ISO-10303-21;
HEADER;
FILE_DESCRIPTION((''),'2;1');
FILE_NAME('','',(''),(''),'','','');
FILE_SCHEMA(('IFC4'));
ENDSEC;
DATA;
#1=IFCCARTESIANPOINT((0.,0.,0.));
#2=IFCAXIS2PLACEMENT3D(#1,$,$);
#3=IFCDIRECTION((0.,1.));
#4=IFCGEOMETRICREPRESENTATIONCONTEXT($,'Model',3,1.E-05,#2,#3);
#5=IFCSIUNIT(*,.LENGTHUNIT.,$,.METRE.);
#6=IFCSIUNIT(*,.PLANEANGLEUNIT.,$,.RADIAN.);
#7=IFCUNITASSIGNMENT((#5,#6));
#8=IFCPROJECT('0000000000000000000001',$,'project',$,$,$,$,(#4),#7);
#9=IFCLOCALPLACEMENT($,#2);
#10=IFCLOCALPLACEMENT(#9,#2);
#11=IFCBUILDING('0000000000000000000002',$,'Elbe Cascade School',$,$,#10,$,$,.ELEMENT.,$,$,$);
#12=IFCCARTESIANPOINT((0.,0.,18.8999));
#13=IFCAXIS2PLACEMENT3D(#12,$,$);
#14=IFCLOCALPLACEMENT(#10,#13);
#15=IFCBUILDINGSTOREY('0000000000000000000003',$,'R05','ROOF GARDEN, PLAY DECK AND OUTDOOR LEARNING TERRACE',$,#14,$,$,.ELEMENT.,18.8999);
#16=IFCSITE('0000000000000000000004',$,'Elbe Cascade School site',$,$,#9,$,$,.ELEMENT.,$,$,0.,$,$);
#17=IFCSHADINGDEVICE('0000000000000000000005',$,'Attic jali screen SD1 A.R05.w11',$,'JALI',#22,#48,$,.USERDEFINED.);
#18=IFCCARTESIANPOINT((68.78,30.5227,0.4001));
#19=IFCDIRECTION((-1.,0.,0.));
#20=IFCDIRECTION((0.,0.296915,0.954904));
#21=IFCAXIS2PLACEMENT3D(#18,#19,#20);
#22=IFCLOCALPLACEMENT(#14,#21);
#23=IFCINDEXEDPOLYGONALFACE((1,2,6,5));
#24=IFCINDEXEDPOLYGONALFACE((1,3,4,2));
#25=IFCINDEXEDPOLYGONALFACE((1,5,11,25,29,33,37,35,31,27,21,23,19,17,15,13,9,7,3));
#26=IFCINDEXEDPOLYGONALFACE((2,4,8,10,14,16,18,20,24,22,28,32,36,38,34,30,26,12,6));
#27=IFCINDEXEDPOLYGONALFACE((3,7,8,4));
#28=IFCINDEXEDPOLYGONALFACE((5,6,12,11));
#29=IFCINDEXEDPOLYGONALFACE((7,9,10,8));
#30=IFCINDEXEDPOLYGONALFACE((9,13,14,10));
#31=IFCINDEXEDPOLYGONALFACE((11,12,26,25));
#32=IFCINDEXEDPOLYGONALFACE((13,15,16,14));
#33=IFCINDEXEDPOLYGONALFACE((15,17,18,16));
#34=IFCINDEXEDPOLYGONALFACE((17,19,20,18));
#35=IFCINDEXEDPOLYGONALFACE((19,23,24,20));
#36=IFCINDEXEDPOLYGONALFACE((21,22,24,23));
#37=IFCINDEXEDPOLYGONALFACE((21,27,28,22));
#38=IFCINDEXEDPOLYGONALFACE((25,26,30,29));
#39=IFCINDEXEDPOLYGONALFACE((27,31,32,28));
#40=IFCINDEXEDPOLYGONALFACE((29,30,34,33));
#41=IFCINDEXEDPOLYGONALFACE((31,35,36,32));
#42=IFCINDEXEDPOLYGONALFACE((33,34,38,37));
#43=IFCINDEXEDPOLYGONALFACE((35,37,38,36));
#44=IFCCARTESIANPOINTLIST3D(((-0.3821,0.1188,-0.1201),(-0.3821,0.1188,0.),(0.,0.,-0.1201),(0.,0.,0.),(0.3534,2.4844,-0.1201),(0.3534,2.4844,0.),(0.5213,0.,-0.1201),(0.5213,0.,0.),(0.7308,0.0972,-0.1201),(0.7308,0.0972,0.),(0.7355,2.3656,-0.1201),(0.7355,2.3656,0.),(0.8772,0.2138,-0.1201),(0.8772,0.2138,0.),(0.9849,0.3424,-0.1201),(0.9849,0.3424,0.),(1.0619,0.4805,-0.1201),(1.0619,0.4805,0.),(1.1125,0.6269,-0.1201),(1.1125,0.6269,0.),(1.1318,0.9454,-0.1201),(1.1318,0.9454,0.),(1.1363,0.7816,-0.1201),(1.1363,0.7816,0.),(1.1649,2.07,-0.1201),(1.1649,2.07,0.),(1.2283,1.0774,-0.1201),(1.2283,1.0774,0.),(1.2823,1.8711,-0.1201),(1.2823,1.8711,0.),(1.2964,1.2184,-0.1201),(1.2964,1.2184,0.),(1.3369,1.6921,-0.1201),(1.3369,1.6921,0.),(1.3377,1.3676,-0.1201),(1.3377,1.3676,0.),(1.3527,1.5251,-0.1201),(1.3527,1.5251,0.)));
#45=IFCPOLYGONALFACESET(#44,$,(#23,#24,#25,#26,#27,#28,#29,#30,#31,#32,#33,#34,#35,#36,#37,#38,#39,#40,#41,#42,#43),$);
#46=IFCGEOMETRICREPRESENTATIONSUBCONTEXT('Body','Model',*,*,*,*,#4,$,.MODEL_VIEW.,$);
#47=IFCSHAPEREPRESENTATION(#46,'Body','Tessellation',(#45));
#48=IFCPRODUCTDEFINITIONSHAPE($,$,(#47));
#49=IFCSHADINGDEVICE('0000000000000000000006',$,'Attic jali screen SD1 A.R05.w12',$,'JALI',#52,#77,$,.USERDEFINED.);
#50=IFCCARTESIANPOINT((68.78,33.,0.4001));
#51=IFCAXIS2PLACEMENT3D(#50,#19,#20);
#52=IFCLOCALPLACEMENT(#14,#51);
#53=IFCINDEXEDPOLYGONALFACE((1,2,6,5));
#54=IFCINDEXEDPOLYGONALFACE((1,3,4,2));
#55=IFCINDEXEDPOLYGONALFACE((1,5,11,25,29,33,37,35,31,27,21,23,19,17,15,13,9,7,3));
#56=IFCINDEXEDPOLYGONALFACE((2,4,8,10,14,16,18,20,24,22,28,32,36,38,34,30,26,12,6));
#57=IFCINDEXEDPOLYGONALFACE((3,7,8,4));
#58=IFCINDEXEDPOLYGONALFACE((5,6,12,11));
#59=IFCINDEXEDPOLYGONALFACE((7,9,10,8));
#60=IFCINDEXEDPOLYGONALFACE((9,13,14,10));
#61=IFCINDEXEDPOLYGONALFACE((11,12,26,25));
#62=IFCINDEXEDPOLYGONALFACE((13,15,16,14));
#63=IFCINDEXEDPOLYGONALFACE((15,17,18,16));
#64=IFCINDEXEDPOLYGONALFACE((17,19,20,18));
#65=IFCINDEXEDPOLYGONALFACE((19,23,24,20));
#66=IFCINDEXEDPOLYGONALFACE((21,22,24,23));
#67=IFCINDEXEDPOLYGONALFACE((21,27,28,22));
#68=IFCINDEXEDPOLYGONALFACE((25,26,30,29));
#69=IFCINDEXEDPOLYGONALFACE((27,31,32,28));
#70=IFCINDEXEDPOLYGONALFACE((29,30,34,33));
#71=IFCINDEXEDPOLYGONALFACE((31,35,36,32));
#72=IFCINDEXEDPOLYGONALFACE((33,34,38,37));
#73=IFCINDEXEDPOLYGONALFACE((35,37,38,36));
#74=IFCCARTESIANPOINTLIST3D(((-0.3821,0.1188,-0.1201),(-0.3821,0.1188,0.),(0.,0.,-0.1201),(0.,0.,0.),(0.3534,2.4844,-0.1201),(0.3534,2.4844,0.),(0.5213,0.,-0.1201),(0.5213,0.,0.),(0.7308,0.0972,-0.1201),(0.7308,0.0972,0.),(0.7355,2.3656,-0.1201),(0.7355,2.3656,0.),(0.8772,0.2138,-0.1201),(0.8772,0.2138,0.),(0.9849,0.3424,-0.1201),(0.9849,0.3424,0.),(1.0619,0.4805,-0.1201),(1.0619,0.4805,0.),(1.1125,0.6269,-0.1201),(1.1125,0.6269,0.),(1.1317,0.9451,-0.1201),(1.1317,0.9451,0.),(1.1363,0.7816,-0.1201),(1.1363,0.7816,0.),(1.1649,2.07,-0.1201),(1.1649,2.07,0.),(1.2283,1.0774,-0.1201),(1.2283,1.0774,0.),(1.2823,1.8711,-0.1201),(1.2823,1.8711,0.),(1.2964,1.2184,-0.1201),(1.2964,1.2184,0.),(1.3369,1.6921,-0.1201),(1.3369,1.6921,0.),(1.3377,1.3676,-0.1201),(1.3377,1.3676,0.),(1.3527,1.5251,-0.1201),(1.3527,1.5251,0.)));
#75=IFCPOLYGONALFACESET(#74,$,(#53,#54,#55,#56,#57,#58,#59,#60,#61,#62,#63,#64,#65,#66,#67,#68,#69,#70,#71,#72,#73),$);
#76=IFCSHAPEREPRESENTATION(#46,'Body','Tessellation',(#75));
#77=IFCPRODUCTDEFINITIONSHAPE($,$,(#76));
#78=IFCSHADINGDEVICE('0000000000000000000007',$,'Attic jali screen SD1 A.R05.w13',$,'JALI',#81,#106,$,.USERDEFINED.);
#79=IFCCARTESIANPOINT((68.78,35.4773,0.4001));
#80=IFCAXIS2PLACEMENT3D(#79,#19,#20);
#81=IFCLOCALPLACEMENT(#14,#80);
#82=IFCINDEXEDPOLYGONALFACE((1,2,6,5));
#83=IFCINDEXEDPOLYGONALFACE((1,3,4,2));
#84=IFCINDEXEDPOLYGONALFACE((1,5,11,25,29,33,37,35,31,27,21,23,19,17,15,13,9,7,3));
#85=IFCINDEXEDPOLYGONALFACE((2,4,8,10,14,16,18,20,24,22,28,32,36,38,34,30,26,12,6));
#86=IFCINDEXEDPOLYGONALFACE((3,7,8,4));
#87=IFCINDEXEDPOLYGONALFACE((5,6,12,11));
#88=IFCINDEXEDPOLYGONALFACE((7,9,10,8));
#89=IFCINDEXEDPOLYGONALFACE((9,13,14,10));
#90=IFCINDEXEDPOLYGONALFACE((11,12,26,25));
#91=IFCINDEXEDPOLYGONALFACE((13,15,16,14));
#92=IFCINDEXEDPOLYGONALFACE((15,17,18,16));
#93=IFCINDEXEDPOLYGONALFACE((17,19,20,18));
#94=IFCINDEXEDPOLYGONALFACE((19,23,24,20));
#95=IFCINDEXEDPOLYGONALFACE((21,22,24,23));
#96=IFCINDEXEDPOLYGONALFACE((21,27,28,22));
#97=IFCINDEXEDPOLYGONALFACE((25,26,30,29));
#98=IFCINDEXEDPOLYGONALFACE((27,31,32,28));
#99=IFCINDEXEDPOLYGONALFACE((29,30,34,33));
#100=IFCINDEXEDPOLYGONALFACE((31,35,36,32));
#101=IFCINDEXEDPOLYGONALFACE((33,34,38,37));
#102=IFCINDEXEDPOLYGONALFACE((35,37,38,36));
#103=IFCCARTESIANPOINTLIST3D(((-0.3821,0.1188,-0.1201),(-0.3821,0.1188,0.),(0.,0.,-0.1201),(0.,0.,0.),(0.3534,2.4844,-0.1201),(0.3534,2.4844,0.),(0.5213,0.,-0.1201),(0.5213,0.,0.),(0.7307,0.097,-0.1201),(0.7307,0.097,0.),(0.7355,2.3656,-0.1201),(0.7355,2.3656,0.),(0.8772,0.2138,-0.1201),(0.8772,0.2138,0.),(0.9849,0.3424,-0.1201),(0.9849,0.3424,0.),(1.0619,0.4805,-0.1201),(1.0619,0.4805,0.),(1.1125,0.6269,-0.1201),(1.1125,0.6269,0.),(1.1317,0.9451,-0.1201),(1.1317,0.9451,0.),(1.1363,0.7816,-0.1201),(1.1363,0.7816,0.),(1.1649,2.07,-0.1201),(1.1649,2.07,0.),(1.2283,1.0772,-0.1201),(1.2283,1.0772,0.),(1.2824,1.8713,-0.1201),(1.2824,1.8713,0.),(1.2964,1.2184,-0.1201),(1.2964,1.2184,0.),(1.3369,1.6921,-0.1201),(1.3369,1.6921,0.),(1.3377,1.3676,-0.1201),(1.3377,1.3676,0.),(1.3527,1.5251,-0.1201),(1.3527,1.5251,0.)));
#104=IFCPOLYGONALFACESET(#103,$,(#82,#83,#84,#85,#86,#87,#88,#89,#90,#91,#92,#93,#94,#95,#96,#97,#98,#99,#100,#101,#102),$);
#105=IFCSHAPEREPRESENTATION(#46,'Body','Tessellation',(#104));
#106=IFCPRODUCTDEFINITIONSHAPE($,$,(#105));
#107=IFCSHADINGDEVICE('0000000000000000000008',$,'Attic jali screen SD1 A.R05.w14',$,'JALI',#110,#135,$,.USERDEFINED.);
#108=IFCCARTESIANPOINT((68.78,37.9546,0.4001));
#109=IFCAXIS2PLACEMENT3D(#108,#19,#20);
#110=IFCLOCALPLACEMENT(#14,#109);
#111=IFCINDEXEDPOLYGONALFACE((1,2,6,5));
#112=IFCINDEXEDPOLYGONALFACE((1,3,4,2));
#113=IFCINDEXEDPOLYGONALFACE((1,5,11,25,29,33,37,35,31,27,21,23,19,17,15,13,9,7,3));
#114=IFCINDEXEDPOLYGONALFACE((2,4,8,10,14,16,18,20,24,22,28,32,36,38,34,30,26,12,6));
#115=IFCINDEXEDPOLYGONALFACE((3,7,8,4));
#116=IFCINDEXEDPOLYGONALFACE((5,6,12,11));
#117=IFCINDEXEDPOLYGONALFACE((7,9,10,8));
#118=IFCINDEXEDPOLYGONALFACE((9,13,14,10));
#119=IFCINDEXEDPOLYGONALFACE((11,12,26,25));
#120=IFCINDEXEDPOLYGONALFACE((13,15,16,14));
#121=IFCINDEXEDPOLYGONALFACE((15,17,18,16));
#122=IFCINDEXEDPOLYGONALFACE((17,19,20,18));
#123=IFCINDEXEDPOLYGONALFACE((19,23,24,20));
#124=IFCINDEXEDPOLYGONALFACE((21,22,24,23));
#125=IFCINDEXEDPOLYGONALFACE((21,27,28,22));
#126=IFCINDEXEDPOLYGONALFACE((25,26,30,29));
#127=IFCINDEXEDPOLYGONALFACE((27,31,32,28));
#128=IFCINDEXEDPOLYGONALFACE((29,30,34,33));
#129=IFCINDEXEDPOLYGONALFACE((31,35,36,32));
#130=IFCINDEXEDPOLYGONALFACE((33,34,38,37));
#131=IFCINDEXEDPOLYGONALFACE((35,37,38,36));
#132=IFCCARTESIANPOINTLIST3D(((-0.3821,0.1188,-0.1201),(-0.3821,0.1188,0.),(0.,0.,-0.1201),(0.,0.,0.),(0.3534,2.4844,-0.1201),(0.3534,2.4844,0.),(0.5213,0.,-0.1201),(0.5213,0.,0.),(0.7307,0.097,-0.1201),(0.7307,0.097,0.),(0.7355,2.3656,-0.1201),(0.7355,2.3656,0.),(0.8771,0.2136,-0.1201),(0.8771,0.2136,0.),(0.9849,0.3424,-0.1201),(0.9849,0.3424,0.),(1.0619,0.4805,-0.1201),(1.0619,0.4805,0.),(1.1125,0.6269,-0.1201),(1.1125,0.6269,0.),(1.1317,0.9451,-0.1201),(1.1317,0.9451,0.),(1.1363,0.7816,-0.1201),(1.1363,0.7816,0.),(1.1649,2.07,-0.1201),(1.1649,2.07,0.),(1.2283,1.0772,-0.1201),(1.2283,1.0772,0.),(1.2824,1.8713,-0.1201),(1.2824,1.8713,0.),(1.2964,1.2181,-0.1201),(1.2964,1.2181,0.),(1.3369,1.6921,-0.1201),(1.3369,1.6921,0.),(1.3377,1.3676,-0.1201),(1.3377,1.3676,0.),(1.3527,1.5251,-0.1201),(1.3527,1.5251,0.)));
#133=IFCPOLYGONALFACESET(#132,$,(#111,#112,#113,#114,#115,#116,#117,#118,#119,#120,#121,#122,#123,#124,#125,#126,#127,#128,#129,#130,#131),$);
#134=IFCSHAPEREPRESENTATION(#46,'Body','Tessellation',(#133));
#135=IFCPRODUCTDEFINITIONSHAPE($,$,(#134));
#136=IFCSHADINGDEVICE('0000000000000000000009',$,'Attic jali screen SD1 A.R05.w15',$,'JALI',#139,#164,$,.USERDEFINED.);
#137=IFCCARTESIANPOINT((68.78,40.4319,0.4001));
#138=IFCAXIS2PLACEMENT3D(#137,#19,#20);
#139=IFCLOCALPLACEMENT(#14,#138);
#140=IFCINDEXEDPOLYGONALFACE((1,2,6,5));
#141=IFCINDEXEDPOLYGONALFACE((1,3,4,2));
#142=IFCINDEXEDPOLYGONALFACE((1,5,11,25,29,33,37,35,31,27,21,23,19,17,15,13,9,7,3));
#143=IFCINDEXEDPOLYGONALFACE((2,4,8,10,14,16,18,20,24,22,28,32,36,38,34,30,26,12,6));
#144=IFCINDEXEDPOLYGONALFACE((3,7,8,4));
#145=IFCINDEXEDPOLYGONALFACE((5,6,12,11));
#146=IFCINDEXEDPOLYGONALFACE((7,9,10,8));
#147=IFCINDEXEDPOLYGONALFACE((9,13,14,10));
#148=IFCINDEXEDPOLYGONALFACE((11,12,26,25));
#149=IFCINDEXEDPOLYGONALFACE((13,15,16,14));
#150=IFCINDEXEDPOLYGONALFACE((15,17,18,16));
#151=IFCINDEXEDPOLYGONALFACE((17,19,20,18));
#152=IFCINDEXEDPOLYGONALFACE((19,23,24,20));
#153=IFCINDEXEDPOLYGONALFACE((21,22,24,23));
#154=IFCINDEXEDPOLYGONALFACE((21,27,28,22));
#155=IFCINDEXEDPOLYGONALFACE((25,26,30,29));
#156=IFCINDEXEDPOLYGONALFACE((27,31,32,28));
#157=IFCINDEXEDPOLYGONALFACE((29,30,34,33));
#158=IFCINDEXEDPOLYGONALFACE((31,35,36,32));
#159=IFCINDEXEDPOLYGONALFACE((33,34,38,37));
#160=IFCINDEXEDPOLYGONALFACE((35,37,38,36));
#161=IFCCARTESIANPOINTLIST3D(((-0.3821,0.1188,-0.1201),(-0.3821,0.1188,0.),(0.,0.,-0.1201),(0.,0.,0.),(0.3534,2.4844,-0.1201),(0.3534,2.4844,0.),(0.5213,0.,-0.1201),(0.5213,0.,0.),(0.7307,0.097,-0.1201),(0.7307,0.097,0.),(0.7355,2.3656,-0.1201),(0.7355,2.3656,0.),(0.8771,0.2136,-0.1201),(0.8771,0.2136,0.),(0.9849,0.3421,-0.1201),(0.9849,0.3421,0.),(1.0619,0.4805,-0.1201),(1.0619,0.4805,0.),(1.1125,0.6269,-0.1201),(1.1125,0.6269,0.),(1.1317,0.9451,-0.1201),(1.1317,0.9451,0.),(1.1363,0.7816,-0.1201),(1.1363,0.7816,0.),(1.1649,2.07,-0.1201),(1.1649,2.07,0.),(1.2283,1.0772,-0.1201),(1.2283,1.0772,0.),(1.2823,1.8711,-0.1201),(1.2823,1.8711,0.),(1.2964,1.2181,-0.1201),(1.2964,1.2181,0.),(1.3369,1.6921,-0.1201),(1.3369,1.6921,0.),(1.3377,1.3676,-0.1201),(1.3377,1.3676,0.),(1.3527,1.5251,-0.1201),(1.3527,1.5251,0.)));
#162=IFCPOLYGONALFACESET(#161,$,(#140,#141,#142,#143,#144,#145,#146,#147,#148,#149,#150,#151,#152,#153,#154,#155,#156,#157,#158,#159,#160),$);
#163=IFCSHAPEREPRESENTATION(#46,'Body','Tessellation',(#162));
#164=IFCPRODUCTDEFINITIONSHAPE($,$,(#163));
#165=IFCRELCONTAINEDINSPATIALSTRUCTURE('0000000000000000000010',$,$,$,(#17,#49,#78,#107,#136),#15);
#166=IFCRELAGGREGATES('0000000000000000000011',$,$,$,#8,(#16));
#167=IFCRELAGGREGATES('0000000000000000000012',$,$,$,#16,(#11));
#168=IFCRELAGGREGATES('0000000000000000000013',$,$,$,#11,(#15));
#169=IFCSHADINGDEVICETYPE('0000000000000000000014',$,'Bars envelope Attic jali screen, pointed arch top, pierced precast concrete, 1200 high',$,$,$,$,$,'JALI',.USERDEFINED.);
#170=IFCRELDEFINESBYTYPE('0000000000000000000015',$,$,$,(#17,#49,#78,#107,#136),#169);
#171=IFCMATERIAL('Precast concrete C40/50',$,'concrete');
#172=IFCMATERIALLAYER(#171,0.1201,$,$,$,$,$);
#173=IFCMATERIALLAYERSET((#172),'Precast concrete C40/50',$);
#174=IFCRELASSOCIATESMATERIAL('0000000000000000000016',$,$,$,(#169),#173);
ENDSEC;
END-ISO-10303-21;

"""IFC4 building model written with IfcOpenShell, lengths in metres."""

from ifc_helpers import new_model, si_unit, direction, frame, origin, place, context, subcontext, project, spatial, polyline, outline, extrude, material, layer, layer_set, type_object, element, save


model = new_model("IFC4")

# Units and contexts
model_context = context("Model", 3, precision=1e-05, world=origin(), true_north=direction((0.0, 1.0)))
body_context = subcontext(model_context, "Body", "Model", "MODEL_VIEW")
ifc_project = project(units=[si_unit("LENGTHUNIT", "METRE"), si_unit("PLANEANGLEUNIT", "RADIAN")], contexts=[model_context])

# Site, building, storey
site_placement = place(None, origin())
site = spatial("IfcSite", under=ifc_project, at=site_placement, Name="Elbe Cascade School site", CompositionType="ELEMENT", RefElevation=0.0)
building_placement = place(site_placement, origin())
building = spatial("IfcBuilding", under=site, at=building_placement, Name="Elbe Cascade School", CompositionType="ELEMENT")
storey_placement = place(building_placement, frame((0.0, 0.0, 18.8999)))
storey = spatial("IfcBuildingStorey", under=building, at=storey_placement, Name="R05", Description="ROOF GARDEN, PLAY DECK AND OUTDOOR LEARNING TERRACE", CompositionType="ELEMENT", Elevation=18.8999)

# Shading devices
ifc_material_1 = material(Name="Precast concrete C40/50", Category="concrete")
ifc_layer_1 = layer(ifc_material_1, 0.1201)
ifc_layer_set_1 = layer_set([ifc_layer_1], Name="Precast concrete C40/50")
shading_device_type = type_object("IfcShadingDeviceType", Name="Bars envelope Attic jali screen, pointed arch top, pierced precast concrete, 1200 high", ElementType="JALI", PredefinedType="USERDEFINED", material=ifc_layer_set_1)
shading_device_1_placement = place(storey_placement, frame((68.78, 30.5227, 0.4001), z_axis=(-1.0, 0.0, 0.0), x_axis=(0.0, 0.296915, 0.954904)))
element("IfcShadingDevice", 1, at=shading_device_1_placement, inside=storey, type_object=shading_device_type, Name="Attic jali screen SD1 A.R05.w11", ObjectType="JALI", PredefinedType="USERDEFINED", context=body_context, shape_type="SweptSolid", body=[
    extrude(outline(polyline([(0.0, 0.0), (0.5213, 0.0), (0.7308, 0.0972), (0.8772, 0.2138), (0.9849, 0.3424), (1.0619, 0.4805), (1.1125, 0.6269), (1.1363, 0.7816), (1.1318, 0.9454), (1.2283, 1.0774), (1.2964, 1.2184), (1.3377, 1.3676), (1.3527, 1.5251), (1.3369, 1.6921), (1.2823, 1.8711), (1.1649, 2.07), (0.7355, 2.3656), (0.3534, 2.4844), (-0.3821, 0.1188), (0.0, 0.0)])), origin(), (0.0, 0.0, -1.0), 0.1201),
])
shading_device_2_placement = place(storey_placement, frame((68.78, 33.0, 0.4001), z_axis=(-1.0, 0.0, 0.0), x_axis=(0.0, 0.296915, 0.954904)))
element("IfcShadingDevice", 2, at=shading_device_2_placement, inside=storey, type_object=shading_device_type, Name="Attic jali screen SD1 A.R05.w12", ObjectType="JALI", PredefinedType="USERDEFINED", context=body_context, shape_type="SweptSolid", body=[
    extrude(outline(polyline([(0.0, 0.0), (0.5213, 0.0), (0.7308, 0.0972), (0.8772, 0.2138), (0.9849, 0.3424), (1.0619, 0.4805), (1.1125, 0.6269), (1.1363, 0.7816), (1.1317, 0.9451), (1.2283, 1.0774), (1.2964, 1.2184), (1.3377, 1.3676), (1.3527, 1.5251), (1.3369, 1.6921), (1.2823, 1.8711), (1.1649, 2.07), (0.7355, 2.3656), (0.3534, 2.4844), (-0.3821, 0.1188), (0.0, 0.0)])), origin(), (0.0, 0.0, -1.0), 0.1201),
])
shading_device_3_placement = place(storey_placement, frame((68.78, 35.4773, 0.4001), z_axis=(-1.0, 0.0, 0.0), x_axis=(0.0, 0.296915, 0.954904)))
element("IfcShadingDevice", 3, at=shading_device_3_placement, inside=storey, type_object=shading_device_type, Name="Attic jali screen SD1 A.R05.w13", ObjectType="JALI", PredefinedType="USERDEFINED", context=body_context, shape_type="SweptSolid", body=[
    extrude(outline(polyline([(0.0, 0.0), (0.5213, 0.0), (0.7307, 0.097), (0.8772, 0.2138), (0.9849, 0.3424), (1.0619, 0.4805), (1.1125, 0.6269), (1.1363, 0.7816), (1.1317, 0.9451), (1.2283, 1.0772), (1.2964, 1.2184), (1.3377, 1.3676), (1.3527, 1.5251), (1.3369, 1.6921), (1.2824, 1.8713), (1.1649, 2.07), (0.7355, 2.3656), (0.3534, 2.4844), (-0.3821, 0.1188), (0.0, 0.0)])), origin(), (0.0, 0.0, -1.0), 0.1201),
])
shading_device_4_placement = place(storey_placement, frame((68.78, 37.9546, 0.4001), z_axis=(-1.0, 0.0, 0.0), x_axis=(0.0, 0.296915, 0.954904)))
element("IfcShadingDevice", 4, at=shading_device_4_placement, inside=storey, type_object=shading_device_type, Name="Attic jali screen SD1 A.R05.w14", ObjectType="JALI", PredefinedType="USERDEFINED", context=body_context, shape_type="SweptSolid", body=[
    extrude(outline(polyline([(0.0, 0.0), (0.5213, 0.0), (0.7307, 0.097), (0.8771, 0.2136), (0.9849, 0.3424), (1.0619, 0.4805), (1.1125, 0.6269), (1.1363, 0.7816), (1.1317, 0.9451), (1.2283, 1.0772), (1.2964, 1.2181), (1.3377, 1.3676), (1.3527, 1.5251), (1.3369, 1.6921), (1.2824, 1.8713), (1.1649, 2.07), (0.7355, 2.3656), (0.3534, 2.4844), (-0.3821, 0.1188), (0.0, 0.0)])), origin(), (0.0, 0.0, -1.0), 0.1201),
])
shading_device_5_placement = place(storey_placement, frame((68.78, 40.4319, 0.4001), z_axis=(-1.0, 0.0, 0.0), x_axis=(0.0, 0.296915, 0.954904)))
element("IfcShadingDevice", 5, at=shading_device_5_placement, inside=storey, type_object=shading_device_type, Name="Attic jali screen SD1 A.R05.w15", ObjectType="JALI", PredefinedType="USERDEFINED", context=body_context, shape_type="SweptSolid", body=[
    extrude(outline(polyline([(0.0, 0.0), (0.5213, 0.0), (0.7307, 0.097), (0.8771, 0.2136), (0.9849, 0.3421), (1.0619, 0.4805), (1.1125, 0.6269), (1.1363, 0.7816), (1.1317, 0.9451), (1.2283, 1.0772), (1.2964, 1.2181), (1.3377, 1.3676), (1.3527, 1.5251), (1.3369, 1.6921), (1.2823, 1.8711), (1.1649, 2.07), (0.7355, 2.3656), (0.3534, 2.4844), (-0.3821, 0.1188), (0.0, 0.0)])), origin(), (0.0, 0.0, -1.0), 0.1201),
])

save(model, "model.ifc")
